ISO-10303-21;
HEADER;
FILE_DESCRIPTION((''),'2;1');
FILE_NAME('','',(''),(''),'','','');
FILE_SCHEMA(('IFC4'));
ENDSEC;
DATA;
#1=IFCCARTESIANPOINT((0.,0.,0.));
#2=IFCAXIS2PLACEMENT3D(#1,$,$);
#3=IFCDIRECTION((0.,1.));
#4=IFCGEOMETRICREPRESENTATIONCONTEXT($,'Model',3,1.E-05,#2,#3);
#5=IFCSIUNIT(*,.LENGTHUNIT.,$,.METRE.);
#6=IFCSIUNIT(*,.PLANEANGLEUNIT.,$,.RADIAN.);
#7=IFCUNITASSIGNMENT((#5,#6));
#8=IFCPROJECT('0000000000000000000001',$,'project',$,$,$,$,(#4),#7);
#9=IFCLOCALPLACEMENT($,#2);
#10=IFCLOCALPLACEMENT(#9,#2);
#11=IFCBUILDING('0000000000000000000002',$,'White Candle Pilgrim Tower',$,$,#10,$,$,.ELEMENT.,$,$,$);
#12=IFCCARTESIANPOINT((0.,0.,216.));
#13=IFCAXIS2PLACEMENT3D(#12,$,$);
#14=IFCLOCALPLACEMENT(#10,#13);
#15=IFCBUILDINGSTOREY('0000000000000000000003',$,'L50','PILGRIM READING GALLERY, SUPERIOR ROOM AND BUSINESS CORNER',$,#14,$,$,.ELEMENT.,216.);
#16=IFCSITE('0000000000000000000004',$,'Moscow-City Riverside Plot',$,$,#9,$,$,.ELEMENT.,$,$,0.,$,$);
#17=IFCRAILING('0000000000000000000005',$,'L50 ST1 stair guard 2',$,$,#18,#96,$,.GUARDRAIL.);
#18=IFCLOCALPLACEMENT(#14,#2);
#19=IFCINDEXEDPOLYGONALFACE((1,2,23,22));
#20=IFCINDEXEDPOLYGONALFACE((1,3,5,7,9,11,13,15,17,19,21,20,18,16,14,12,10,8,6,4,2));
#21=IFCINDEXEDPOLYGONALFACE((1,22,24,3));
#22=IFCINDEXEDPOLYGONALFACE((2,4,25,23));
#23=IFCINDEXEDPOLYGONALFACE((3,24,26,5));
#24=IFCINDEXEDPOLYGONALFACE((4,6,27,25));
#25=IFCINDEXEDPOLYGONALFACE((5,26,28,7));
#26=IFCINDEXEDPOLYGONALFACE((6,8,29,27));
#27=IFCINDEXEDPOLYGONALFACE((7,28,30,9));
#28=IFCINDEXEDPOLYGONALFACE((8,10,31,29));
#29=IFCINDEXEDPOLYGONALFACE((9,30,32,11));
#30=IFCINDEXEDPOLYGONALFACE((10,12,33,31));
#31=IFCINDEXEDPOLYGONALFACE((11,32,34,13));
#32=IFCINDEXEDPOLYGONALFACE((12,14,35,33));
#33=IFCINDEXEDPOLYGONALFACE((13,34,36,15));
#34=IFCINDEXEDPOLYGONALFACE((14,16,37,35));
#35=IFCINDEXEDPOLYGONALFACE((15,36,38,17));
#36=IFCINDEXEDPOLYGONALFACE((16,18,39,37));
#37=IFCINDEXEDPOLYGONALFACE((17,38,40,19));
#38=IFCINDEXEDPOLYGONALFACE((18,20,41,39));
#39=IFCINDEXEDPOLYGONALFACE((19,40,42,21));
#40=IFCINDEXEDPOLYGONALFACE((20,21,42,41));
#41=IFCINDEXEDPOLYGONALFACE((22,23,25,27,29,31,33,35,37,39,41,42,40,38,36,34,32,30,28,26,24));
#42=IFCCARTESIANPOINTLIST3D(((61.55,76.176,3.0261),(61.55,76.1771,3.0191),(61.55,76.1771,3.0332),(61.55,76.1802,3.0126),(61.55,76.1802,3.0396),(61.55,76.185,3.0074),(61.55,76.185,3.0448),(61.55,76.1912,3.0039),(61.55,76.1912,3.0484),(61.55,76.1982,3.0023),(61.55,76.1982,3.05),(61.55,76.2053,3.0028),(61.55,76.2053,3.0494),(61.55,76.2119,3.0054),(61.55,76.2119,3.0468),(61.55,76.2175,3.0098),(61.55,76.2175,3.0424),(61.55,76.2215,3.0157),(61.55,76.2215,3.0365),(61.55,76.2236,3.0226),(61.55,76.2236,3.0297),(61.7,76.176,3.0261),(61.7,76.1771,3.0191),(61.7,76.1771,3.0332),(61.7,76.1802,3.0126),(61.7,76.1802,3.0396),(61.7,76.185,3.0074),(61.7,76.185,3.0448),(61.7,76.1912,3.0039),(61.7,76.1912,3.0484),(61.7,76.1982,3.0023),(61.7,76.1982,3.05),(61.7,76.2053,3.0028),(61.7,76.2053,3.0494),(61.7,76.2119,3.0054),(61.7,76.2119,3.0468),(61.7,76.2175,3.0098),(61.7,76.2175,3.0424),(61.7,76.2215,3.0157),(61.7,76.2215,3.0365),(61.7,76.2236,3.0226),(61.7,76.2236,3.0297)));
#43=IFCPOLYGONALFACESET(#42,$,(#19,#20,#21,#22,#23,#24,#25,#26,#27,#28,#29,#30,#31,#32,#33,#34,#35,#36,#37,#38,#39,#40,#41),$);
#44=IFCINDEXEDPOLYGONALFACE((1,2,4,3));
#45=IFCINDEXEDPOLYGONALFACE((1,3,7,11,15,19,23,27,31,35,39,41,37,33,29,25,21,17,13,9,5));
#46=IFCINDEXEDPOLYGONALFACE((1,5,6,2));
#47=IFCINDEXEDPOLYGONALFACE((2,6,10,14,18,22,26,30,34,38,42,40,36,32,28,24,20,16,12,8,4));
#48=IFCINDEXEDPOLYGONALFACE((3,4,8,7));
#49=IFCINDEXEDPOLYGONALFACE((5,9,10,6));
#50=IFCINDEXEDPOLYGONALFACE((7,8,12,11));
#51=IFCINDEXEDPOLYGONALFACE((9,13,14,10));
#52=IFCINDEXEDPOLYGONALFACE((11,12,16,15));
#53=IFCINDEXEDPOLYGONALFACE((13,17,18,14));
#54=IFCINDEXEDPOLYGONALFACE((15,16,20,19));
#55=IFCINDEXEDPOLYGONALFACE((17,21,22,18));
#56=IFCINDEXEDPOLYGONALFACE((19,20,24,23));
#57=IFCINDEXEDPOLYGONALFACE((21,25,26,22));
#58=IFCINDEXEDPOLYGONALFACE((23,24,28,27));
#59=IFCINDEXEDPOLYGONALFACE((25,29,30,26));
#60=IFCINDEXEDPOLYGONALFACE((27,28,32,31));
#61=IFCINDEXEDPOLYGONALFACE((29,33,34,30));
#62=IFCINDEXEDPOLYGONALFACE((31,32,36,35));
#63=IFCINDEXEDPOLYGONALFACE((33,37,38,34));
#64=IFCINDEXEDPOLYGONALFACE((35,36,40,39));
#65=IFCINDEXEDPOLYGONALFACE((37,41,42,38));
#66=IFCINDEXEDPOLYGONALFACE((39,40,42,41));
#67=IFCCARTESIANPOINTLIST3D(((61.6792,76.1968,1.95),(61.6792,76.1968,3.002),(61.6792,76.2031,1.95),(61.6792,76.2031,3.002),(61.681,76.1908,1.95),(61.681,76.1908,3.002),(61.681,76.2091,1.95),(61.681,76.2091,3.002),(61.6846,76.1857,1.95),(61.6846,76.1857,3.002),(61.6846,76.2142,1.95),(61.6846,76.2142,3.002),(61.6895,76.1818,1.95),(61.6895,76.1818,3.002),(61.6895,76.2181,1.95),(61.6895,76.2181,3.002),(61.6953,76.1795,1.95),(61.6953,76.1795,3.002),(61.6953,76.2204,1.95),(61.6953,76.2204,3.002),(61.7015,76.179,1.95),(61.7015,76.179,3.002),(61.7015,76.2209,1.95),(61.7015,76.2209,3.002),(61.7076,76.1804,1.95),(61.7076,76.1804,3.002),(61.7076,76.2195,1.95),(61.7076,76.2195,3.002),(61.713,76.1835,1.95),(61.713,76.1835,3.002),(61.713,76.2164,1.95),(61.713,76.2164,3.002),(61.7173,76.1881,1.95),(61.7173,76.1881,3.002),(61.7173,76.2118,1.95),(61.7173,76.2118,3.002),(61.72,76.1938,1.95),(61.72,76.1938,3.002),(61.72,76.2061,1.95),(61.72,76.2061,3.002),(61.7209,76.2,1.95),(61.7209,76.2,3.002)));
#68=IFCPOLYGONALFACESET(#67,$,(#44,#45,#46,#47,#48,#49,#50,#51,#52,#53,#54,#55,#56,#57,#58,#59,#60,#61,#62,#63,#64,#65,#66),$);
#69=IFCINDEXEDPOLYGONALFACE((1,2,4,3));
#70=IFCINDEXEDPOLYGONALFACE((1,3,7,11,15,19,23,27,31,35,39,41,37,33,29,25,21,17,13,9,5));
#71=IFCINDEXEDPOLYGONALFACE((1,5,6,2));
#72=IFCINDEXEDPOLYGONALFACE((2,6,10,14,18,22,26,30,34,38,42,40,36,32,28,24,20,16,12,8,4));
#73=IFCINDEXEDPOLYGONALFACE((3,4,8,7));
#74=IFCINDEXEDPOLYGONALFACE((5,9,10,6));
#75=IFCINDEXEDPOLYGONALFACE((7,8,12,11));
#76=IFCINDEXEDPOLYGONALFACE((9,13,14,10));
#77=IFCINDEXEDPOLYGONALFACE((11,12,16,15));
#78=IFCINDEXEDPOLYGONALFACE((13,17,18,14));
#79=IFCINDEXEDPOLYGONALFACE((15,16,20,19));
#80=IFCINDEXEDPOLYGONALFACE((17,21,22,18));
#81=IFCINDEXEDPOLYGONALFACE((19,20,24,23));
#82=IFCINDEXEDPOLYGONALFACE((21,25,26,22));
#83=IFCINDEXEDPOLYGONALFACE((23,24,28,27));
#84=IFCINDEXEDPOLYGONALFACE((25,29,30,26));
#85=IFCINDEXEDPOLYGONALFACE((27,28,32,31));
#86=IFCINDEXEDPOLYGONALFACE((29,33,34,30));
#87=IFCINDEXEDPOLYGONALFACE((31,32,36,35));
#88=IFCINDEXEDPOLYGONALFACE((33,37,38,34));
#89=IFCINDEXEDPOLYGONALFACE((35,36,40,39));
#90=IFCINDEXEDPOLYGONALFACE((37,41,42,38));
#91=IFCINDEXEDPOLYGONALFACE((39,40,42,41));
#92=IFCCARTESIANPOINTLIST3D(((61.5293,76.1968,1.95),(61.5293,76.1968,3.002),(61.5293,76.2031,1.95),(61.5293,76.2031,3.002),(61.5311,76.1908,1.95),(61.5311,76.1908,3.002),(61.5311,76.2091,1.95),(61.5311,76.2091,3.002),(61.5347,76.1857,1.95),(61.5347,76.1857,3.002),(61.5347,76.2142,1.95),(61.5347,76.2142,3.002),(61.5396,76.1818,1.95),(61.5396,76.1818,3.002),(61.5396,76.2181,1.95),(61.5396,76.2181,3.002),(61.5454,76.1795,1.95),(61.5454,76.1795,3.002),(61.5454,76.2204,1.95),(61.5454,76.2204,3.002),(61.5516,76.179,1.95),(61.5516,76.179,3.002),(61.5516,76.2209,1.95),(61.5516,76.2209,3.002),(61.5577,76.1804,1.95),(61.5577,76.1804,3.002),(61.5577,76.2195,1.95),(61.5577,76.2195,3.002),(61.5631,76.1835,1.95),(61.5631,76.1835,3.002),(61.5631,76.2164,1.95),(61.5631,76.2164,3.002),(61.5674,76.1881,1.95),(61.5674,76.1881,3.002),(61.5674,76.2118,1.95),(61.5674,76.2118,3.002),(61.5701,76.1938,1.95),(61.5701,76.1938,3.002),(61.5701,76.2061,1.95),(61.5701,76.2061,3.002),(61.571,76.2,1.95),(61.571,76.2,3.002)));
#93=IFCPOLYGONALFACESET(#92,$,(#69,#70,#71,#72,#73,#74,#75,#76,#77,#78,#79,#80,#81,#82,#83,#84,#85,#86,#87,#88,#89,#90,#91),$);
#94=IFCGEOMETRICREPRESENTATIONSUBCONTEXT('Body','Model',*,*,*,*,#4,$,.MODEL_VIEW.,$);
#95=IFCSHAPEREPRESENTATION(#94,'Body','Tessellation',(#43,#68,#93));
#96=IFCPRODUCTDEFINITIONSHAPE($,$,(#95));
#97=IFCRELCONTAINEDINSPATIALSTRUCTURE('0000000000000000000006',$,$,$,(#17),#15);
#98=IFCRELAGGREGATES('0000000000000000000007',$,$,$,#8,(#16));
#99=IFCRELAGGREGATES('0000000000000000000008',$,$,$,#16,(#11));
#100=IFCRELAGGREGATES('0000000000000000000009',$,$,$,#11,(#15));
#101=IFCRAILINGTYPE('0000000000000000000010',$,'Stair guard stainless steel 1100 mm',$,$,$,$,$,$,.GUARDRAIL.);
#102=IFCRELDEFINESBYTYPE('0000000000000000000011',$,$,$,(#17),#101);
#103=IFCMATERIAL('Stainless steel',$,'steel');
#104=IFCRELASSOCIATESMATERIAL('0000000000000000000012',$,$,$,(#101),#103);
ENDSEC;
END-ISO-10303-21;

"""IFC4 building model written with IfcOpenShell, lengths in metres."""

from ifc_helpers import new_model, si_unit, direction, frame, origin, origin_2d, place, context, subcontext, project, spatial, circle, extrude, material, type_object, element, save


model = new_model("IFC4")

# Units and contexts
model_context = context("Model", 3, precision=1e-05, world=origin(), true_north=direction((0.0, 1.0)))
body_context = subcontext(model_context, "Body", "Model", "MODEL_VIEW")
ifc_project = project(units=[si_unit("LENGTHUNIT", "METRE"), si_unit("PLANEANGLEUNIT", "RADIAN")], contexts=[model_context])

# Site, building, storey
site_placement = place(None, origin())
site = spatial("IfcSite", under=ifc_project, at=site_placement, Name="Moscow-City Riverside Plot", CompositionType="ELEMENT", RefElevation=0.0)
building_placement = place(site_placement, origin())
building = spatial("IfcBuilding", under=site, at=building_placement, Name="White Candle Pilgrim Tower", CompositionType="ELEMENT")
storey_placement = place(building_placement, frame((0.0, 0.0, 216.0)))
storey = spatial("IfcBuildingStorey", under=building, at=storey_placement, Name="L50", Description="PILGRIM READING GALLERY, SUPERIOR ROOM AND BUSINESS CORNER", CompositionType="ELEMENT", Elevation=216.0)

# Shared definitions
ifc_material_1 = material(Name="Stainless steel", Category="steel")

# Railing
railing_type_1 = type_object("IfcRailingType", Name="Stair guard stainless steel 1100 mm", PredefinedType="GUARDRAIL", material=ifc_material_1)
railing_1_placement = place(storey_placement, frame((61.7, 76.2, 1.95)))
element("IfcRailing", 1, at=railing_1_placement, inside=storey, type_object=railing_type_1, Name="L50 ST1 stair guard 2", PredefinedType="GUARDRAIL", context=body_context, shape_type="SweptSolid", body=[
    extrude(circle(Radius=0.0239, at=origin_2d()), frame((0.0, 0.0, 1.0762), z_axis=(-1.0, 0.0, 0.0), x_axis=(0.0, -1.0, 0.0)), (0.0, 0.0, 1.0), 0.1499),
    extrude(circle(Radius=0.021, at=origin_2d()), origin(), (0.0, 0.0, 1.0), 1.052),
    extrude(circle(Radius=0.021, at=origin_2d()), frame((-0.1499, 0.0, 0.0)), (0.0, 0.0, 1.0), 1.052),
])

save(model, "model.ifc")
